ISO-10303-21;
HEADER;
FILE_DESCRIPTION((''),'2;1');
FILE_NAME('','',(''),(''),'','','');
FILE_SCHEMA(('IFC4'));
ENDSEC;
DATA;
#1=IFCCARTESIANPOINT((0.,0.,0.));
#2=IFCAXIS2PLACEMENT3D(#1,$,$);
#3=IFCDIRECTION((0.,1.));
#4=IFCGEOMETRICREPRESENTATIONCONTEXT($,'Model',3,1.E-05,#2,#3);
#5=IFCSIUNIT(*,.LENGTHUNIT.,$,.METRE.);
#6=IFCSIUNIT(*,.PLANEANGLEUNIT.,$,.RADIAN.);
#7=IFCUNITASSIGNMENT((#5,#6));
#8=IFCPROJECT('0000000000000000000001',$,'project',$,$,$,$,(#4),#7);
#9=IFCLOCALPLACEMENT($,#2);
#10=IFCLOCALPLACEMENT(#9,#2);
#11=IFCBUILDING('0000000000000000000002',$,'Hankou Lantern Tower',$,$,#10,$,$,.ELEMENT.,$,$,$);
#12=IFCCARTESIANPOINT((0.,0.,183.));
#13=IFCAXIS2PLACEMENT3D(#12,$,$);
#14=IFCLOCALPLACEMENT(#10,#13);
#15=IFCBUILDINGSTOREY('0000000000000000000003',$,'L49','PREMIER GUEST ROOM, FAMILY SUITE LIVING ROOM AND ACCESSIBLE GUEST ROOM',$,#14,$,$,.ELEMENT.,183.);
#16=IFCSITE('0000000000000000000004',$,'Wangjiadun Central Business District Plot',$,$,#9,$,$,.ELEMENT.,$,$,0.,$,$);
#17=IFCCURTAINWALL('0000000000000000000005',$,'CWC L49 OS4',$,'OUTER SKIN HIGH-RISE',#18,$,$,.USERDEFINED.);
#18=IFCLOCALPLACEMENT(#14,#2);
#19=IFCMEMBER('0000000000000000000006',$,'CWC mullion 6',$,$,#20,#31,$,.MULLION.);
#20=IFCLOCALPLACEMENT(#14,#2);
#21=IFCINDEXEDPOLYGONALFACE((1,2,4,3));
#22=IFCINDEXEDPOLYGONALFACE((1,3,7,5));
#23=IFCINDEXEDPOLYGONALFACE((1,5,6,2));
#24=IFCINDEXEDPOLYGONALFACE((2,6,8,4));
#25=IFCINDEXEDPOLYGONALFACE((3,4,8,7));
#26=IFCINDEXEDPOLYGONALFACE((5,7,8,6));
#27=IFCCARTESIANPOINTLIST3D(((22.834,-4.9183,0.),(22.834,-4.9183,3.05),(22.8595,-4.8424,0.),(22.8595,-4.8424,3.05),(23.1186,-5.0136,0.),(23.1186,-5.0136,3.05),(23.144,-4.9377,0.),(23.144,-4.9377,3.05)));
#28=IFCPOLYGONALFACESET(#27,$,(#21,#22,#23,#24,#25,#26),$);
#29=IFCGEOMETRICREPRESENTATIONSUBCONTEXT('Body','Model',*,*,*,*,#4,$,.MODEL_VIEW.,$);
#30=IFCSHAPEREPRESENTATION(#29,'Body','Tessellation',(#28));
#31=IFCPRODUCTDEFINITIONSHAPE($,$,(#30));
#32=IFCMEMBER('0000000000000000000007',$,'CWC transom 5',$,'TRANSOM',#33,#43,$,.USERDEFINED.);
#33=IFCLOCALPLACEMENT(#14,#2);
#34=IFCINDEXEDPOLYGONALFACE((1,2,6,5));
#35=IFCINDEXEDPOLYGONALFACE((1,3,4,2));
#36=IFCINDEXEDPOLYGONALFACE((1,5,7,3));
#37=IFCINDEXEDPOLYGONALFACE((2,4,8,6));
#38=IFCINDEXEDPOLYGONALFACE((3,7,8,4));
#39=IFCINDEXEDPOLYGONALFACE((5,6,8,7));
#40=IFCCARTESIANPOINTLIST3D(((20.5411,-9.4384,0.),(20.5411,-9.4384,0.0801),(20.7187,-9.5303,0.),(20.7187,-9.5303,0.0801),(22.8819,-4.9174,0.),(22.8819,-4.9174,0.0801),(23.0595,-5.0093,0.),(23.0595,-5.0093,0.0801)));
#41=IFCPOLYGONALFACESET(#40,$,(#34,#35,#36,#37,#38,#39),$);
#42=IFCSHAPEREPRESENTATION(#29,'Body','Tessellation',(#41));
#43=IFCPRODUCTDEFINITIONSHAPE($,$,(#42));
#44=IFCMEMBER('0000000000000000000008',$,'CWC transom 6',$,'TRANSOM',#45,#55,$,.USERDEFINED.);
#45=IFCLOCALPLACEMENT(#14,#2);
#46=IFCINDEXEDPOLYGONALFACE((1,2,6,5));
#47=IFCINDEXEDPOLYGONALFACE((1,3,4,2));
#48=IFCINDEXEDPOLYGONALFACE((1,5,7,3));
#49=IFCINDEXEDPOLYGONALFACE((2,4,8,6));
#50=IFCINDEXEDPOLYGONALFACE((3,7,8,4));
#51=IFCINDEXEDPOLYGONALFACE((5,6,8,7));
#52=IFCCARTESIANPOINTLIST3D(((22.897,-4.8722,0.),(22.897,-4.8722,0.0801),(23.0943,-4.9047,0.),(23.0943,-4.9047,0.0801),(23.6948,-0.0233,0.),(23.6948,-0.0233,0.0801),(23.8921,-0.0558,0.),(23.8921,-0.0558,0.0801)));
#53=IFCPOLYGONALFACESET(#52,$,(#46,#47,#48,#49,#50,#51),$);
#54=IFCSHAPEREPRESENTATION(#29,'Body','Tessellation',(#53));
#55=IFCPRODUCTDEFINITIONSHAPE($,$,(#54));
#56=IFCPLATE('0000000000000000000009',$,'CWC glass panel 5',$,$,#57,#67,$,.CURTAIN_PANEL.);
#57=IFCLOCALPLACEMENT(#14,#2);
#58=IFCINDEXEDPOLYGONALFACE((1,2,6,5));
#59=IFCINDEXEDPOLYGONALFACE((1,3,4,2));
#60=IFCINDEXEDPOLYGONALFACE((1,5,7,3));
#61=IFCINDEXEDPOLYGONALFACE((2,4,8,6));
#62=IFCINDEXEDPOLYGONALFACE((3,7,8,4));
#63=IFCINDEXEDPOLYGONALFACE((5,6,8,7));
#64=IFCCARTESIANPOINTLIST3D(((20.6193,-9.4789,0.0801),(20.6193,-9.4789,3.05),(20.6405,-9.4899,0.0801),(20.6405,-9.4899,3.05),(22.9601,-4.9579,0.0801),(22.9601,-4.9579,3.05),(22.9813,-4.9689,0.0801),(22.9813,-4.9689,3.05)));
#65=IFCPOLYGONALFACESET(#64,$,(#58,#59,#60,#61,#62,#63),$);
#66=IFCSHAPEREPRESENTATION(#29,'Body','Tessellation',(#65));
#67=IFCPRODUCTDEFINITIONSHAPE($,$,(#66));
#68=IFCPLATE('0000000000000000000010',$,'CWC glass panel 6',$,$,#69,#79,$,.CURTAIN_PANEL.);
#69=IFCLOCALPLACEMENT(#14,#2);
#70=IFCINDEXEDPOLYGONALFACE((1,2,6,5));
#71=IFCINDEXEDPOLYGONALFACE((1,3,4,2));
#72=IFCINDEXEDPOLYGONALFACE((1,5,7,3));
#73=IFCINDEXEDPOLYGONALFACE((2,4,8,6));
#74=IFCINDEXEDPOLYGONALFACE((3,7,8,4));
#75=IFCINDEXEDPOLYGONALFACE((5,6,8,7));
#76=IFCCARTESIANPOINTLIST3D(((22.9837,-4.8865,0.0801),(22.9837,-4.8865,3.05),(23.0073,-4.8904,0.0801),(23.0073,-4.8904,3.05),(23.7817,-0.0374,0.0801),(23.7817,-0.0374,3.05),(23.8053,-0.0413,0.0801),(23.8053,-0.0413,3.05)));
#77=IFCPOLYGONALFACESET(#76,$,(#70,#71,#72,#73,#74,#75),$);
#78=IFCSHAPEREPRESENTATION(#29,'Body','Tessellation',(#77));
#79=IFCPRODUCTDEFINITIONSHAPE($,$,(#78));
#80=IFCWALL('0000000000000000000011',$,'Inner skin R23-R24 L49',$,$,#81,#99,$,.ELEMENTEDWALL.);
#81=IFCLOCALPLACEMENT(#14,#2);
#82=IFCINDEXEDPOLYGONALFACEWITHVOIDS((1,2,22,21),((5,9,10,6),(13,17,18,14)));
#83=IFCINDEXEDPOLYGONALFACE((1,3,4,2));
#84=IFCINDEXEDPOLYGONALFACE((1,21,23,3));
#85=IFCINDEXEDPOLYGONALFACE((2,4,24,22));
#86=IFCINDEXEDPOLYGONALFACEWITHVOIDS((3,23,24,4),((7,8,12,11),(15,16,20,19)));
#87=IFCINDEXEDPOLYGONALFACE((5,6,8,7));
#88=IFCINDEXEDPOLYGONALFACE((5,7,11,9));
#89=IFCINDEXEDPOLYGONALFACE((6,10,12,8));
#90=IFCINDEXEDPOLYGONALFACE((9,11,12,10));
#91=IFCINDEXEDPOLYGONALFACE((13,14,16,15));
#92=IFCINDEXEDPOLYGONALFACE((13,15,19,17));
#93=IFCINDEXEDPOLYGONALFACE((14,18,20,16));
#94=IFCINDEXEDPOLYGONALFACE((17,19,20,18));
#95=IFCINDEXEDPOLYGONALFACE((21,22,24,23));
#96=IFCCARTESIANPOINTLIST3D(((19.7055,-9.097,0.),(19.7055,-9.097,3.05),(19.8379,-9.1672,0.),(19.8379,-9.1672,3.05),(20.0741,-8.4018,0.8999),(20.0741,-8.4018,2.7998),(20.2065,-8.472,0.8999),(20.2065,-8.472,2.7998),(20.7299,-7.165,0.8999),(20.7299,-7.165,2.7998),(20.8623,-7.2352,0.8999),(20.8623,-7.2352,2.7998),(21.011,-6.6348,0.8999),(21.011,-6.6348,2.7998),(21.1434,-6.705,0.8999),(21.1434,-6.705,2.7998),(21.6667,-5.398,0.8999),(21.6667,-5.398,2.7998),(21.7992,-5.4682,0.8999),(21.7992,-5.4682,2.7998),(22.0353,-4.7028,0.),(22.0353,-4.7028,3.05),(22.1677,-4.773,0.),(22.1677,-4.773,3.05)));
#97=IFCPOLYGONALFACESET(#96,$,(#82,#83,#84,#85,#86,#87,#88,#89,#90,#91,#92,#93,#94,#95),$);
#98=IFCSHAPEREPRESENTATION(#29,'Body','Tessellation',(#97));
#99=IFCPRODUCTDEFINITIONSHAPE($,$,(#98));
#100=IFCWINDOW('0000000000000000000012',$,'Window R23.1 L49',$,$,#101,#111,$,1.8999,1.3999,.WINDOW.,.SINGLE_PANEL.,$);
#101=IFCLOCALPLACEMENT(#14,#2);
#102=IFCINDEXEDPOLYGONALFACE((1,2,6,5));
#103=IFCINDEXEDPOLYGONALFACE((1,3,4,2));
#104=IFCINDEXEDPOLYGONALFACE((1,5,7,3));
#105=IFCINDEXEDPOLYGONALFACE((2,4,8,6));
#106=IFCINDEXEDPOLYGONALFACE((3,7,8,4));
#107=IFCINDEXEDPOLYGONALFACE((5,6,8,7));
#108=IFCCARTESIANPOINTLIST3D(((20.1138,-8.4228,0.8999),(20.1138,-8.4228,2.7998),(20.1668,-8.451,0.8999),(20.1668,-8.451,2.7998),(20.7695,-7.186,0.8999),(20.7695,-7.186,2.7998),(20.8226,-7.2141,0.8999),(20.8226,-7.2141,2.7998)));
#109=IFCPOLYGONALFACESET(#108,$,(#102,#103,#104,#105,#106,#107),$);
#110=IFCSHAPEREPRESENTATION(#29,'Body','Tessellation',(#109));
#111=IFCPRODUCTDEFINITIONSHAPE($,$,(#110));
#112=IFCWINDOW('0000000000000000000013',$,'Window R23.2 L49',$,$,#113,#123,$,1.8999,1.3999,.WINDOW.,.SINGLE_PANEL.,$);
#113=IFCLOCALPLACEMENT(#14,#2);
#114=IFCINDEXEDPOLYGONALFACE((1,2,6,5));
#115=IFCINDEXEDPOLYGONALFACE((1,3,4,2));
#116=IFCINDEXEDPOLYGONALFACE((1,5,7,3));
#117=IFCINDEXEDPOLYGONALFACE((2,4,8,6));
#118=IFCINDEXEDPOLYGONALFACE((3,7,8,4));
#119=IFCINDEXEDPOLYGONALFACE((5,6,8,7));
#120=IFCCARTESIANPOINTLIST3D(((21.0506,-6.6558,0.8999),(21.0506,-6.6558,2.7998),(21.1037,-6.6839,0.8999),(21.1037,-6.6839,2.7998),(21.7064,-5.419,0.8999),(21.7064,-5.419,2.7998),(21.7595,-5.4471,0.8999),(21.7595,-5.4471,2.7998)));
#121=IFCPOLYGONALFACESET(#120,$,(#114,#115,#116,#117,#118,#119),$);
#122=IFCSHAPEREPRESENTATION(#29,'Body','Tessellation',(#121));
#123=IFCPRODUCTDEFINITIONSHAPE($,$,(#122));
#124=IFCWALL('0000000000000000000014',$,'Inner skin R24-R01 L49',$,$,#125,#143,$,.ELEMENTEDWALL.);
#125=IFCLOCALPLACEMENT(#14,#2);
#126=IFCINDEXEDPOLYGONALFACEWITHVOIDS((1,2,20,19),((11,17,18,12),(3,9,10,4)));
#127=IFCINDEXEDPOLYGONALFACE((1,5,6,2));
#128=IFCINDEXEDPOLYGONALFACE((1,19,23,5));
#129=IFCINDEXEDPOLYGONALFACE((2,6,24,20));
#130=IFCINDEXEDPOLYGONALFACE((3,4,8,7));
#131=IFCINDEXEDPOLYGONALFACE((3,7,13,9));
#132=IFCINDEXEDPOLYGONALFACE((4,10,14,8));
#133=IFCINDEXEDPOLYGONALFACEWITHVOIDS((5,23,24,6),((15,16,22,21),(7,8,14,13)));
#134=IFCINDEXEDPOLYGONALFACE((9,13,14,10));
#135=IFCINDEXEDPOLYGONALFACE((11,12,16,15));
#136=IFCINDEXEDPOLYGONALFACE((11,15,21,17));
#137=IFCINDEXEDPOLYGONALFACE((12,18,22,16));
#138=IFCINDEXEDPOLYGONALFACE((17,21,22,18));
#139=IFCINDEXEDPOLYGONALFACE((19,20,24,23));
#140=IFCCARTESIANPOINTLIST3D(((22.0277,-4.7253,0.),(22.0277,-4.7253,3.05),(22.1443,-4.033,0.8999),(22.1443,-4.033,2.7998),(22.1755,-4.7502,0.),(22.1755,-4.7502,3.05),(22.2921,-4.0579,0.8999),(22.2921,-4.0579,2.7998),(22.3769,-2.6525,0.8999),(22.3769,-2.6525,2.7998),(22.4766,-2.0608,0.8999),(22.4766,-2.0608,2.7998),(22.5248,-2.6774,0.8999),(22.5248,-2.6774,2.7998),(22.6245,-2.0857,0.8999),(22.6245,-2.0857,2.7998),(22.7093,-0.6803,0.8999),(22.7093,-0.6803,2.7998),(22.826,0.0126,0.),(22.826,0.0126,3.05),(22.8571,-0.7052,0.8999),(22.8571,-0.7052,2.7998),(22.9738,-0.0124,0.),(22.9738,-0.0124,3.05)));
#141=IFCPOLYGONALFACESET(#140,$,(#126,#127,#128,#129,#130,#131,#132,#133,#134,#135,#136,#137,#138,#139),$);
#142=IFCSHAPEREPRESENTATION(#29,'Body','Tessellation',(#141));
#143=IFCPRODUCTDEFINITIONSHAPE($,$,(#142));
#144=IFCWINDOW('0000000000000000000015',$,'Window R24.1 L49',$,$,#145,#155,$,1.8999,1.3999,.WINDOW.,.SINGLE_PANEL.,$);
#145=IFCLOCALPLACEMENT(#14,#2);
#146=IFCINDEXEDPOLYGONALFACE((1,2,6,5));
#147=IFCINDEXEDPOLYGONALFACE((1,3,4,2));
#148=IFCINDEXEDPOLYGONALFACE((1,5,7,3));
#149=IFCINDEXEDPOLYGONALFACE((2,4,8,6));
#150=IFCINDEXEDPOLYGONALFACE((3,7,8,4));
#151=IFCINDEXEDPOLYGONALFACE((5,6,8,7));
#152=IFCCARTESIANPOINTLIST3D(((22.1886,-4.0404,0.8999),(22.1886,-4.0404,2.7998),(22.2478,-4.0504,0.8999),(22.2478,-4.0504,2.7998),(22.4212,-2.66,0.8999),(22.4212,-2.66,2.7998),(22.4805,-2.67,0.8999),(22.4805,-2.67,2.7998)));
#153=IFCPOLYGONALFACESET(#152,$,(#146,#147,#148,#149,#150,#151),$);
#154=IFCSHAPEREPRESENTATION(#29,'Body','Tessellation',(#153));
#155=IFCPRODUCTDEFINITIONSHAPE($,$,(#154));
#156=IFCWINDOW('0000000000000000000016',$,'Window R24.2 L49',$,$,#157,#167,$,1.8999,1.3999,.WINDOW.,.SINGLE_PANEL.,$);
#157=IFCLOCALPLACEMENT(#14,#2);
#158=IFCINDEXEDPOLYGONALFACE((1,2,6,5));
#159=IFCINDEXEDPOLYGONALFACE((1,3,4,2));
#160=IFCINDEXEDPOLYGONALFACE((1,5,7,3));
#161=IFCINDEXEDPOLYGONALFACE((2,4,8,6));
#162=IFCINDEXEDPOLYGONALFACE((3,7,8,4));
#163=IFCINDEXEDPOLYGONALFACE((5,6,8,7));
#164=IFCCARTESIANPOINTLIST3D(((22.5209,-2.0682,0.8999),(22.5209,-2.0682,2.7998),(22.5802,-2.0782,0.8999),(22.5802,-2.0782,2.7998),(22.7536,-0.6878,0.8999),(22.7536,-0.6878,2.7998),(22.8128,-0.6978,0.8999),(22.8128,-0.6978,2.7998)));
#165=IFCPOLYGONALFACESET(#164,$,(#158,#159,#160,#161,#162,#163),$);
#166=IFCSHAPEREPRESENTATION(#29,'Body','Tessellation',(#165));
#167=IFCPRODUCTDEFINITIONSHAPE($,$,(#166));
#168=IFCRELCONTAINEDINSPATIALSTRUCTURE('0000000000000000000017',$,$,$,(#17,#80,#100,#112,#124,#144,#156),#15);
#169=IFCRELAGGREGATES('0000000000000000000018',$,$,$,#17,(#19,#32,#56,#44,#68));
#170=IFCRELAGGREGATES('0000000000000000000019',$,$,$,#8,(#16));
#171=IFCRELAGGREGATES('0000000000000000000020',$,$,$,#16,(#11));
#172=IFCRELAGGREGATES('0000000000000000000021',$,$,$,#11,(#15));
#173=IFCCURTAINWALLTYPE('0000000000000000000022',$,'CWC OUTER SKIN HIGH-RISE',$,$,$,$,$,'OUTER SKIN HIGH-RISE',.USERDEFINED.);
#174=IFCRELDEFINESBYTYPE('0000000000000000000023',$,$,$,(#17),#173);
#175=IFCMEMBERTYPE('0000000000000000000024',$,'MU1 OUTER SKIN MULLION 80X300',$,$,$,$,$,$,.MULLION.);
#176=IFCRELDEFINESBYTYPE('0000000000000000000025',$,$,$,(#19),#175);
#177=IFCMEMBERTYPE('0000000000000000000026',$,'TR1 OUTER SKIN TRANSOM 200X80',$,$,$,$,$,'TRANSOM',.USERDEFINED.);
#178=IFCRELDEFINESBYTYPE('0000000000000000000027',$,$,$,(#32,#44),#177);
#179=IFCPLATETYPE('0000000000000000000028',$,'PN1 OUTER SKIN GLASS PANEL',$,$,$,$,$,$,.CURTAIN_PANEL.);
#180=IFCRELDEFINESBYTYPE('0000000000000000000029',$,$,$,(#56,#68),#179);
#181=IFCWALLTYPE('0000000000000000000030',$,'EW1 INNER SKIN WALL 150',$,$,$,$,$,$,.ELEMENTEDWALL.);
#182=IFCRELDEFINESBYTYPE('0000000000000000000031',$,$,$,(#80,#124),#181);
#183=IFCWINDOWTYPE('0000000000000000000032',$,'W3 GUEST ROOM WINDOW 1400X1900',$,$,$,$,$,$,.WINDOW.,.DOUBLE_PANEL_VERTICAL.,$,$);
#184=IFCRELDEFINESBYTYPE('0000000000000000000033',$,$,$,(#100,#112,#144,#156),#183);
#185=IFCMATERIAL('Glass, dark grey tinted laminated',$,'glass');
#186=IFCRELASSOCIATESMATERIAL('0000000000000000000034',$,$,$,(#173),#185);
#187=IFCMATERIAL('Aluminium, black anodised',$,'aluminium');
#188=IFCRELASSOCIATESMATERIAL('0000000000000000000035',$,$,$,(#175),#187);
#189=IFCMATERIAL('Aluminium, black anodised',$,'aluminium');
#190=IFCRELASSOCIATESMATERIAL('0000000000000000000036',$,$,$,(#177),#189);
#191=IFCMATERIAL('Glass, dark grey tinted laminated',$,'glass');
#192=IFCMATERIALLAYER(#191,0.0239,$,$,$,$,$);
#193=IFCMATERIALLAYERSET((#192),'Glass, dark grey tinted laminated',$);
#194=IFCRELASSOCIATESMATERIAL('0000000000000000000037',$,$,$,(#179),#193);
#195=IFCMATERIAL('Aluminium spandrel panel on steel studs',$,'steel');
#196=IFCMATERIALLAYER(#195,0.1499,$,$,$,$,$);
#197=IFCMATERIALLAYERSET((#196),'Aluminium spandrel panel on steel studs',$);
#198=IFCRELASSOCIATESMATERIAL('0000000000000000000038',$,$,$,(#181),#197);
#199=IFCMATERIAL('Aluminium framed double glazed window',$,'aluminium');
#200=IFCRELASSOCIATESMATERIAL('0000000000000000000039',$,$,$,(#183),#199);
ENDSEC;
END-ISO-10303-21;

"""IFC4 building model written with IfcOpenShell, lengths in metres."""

from ifc_helpers import new_model, si_unit, direction, frame, frame_2d, origin, origin_2d, place, context, subcontext, project, spatial, rectangle, extrude, material, layer, layer_set, material_profile, profile_set, type_object, element, fill, aggregate, save


model = new_model("IFC4")

# Units and contexts
model_context = context("Model", 3, precision=1e-05, world=origin(), true_north=direction((0.0, 1.0)))
body_context = subcontext(model_context, "Body", "Model", "MODEL_VIEW")
ifc_project = project(units=[si_unit("LENGTHUNIT", "METRE"), si_unit("PLANEANGLEUNIT", "RADIAN")], contexts=[model_context])

# Site, building, storey
site_placement = place(None, origin())
site = spatial("IfcSite", under=ifc_project, at=site_placement, Name="Wangjiadun Central Business District Plot", CompositionType="ELEMENT", RefElevation=0.0)
building_placement = place(site_placement, origin())
building = spatial("IfcBuilding", under=site, at=building_placement, Name="Hankou Lantern Tower", CompositionType="ELEMENT")
storey_placement = place(building_placement, frame((0.0, 0.0, 183.0)))
storey = spatial("IfcBuildingStorey", under=building, at=storey_placement, Name="L49", Description="PREMIER GUEST ROOM, FAMILY SUITE LIVING ROOM AND ACCESSIBLE GUEST ROOM", CompositionType="ELEMENT", Elevation=183.0)

# Curtain wall, members, plates
ifc_material_1 = material(Name="Glass, dark grey tinted laminated", Category="glass")
curtain_wall_type = type_object("IfcCurtainWallType", Name="CWC OUTER SKIN HIGH-RISE", ElementType="OUTER SKIN HIGH-RISE", PredefinedType="USERDEFINED", material=ifc_material_1)
curtain_wall_placement = place(storey_placement, origin())
curtain_wall = element("IfcCurtainWall", 1, at=curtain_wall_placement, inside=storey, type_object=curtain_wall_type, Name="CWC L49 OS4", ObjectType="OUTER SKIN HIGH-RISE", PredefinedType="USERDEFINED")
ifc_material_2 = material(Name="Aluminium, black anodised", Category="aluminium")
ifc_material_profile_1 = material_profile(ifc_material_2, rectangle(XDim=0.0801, YDim=0.3, at=origin_2d()), Name="MU1 80X300")
ifc_profile_set_1 = profile_set([ifc_material_profile_1], Name="Aluminium, black anodised")
member_type_1 = type_object("IfcMemberType", Name="MU1 OUTER SKIN MULLION 80X300", PredefinedType="MULLION", material=ifc_profile_set_1)
member_1_placement = place(storey_placement, frame((22.989, -4.928, 0.0), z_axis=(0.0, 0.0, 1.0), x_axis=(0.317596, 0.948226, 0.0)))
member_1 = element("IfcMember", 2, at=member_1_placement, type_object=member_type_1, Name="CWC mullion 6", PredefinedType="MULLION", context=body_context, shape_type="SweptSolid", body=[
    extrude(rectangle(XDim=0.0801, YDim=0.3, at=origin_2d()), origin(), (0.0, 0.0, 1.0), 3.05),
])
ifc_material_3 = material(Name="Aluminium, black anodised", Category="aluminium")
ifc_material_profile_2 = material_profile(ifc_material_3, rectangle(XDim=0.2, YDim=0.0801, at=origin_2d()), Name="TR1 200X80")
ifc_profile_set_2 = profile_set([ifc_material_profile_2], Name="Aluminium, black anodised")
member_type_2 = type_object("IfcMemberType", Name="TR1 OUTER SKIN TRANSOM 200X80", ElementType="TRANSOM", PredefinedType="USERDEFINED", material=ifc_profile_set_2)
member_2_placement = place(storey_placement, frame((20.6299, -9.4844, 0.04), z_axis=(0.459791, 0.888027, 0.0), x_axis=(-0.888027, 0.459791, 0.0)))
member_2 = element("IfcMember", 3, at=member_2_placement, type_object=member_type_2, Name="CWC transom 5", ObjectType="TRANSOM", PredefinedType="USERDEFINED", context=body_context, shape_type="SweptSolid", body=[
    extrude(rectangle(XDim=0.2, YDim=0.0801, at=origin_2d()), origin(), (0.0, 0.0, 1.0), 5.0911),
])
member_3_placement = place(storey_placement, frame((22.9956, -4.8884, 0.04), z_axis=(0.16236, 0.986732, 0.0), x_axis=(-0.986732, 0.16236, 0.0)))
member_3 = element("IfcMember", 4, at=member_3_placement, type_object=member_type_2, Name="CWC transom 6", ObjectType="TRANSOM", PredefinedType="USERDEFINED", context=body_context, shape_type="SweptSolid", body=[
    extrude(rectangle(XDim=0.2, YDim=0.0801, at=origin_2d()), origin(), (0.0, 0.0, 1.0), 4.9141),
])
ifc_material_4 = material(Name="Glass, dark grey tinted laminated", Category="glass")
ifc_layer_1 = layer(ifc_material_4, 0.0239)
ifc_layer_set_1 = layer_set([ifc_layer_1], Name="Glass, dark grey tinted laminated")
plate_type = type_object("IfcPlateType", Name="PN1 OUTER SKIN GLASS PANEL", PredefinedType="CURTAIN_PANEL", material=ifc_layer_set_1)
plate_1_placement = place(storey_placement, frame((21.8003, -7.2239, 0.0801), z_axis=(0.0, 0.0, 1.0), x_axis=(0.459791, 0.888027, 0.0)))
plate_1 = element("IfcPlate", 5, at=plate_1_placement, type_object=plate_type, Name="CWC glass panel 5", PredefinedType="CURTAIN_PANEL", context=body_context, shape_type="SweptSolid", body=[
    extrude(rectangle(XDim=5.0911, YDim=0.0239, at=origin_2d()), origin(), (0.0, 0.0, 1.0), 2.97),
])
plate_2_placement = place(storey_placement, frame((23.3945, -2.4639, 0.0801), z_axis=(0.0, 0.0, 1.0), x_axis=(0.162382, 0.986728, 0.0)))
plate_2 = element("IfcPlate", 6, at=plate_2_placement, type_object=plate_type, Name="CWC glass panel 6", PredefinedType="CURTAIN_PANEL", context=body_context, shape_type="SweptSolid", body=[
    extrude(rectangle(XDim=4.9143, YDim=0.0239, at=origin_2d()), origin(), (0.0, 0.0, 1.0), 2.97),
])
aggregate(curtain_wall, [member_1, member_2, plate_1, member_3, plate_2])

# Walls, openings, windows
ifc_material_5 = material(Name="Aluminium spandrel panel on steel studs", Category="steel")
ifc_layer_2 = layer(ifc_material_5, 0.1499)
ifc_layer_set_2 = layer_set([ifc_layer_2], Name="Aluminium spandrel panel on steel studs")
wall_type_1 = type_object("IfcWallType", Name="EW1 INNER SKIN WALL 150", PredefinedType="ELEMENTEDWALL", material=ifc_layer_set_2)
wall_1_placement = place(storey_placement, frame((19.7717, -9.1321, 0.0), z_axis=(0.0, 0.0, 1.0), x_axis=(0.468429, 0.883501, 0.0)))
wall_1 = element("IfcWall", 7, at=wall_1_placement, inside=storey, type_object=wall_type_1, Name="Inner skin R23-R24 L49", PredefinedType="ELEMENTEDWALL", context=body_context, shape_type="SweptSolid", body=[
    extrude(rectangle(XDim=4.9736, YDim=0.1499, at=frame_2d((2.4868, 0.0))), origin(), (0.0, 0.0, 1.0), 3.05),
])
opening_1_placement = place(wall_1_placement, frame((0.7869, 0.0, 0.8999)))
opening_1 = element("IfcOpeningElement", 8, at=opening_1_placement, cuts=wall_1, PredefinedType="OPENING", context=body_context, shape_type="SweptSolid", body=[
    extrude(rectangle(XDim=1.3999, YDim=1.8999, at=frame_2d((0.7, 0.95))), frame((0.0, 0.085, 0.0), z_axis=(0.0, -1.0, 0.0), x_axis=(1.0, 0.0, 0.0)), (0.0, 0.0, 1.0), 0.1699),
])
opening_2_placement = place(wall_1_placement, frame((2.7869, 0.0, 0.8999)))
opening_2 = element("IfcOpeningElement", 9, at=opening_2_placement, cuts=wall_1, PredefinedType="OPENING", context=body_context, shape_type="SweptSolid", body=[
    extrude(rectangle(XDim=1.3999, YDim=1.8999, at=frame_2d((0.7, 0.95))), frame((0.0, 0.085, 0.0), z_axis=(0.0, -1.0, 0.0), x_axis=(1.0, 0.0, 0.0)), (0.0, 0.0, 1.0), 0.1699),
])
ifc_material_6 = material(Name="Aluminium framed double glazed window", Category="aluminium")
window_type = type_object("IfcWindowType", Name="W3 GUEST ROOM WINDOW 1400X1900", PartitioningType="DOUBLE_PANEL_VERTICAL", PredefinedType="WINDOW", material=ifc_material_6)
window_1_placement = place(opening_1_placement, origin())
window_1 = element("IfcWindow", 10, at=window_1_placement, inside=storey, type_object=window_type, Name="Window R23.1 L49", OverallHeight=1.8999, OverallWidth=1.3999, PartitioningType="SINGLE_PANEL", PredefinedType="WINDOW", context=body_context, shape_type="SweptSolid", body=[
    extrude(rectangle(XDim=1.3999, YDim=1.8999, at=frame_2d((0.7, 0.95))), frame((0.0, 0.03, 0.0), z_axis=(0.0, -1.0, 0.0), x_axis=(1.0, 0.0, 0.0)), (0.0, 0.0, 1.0), 0.0601),
])
fill(opening_1, window_1)
window_2_placement = place(opening_2_placement, origin())
window_2 = element("IfcWindow", 11, at=window_2_placement, inside=storey, type_object=window_type, Name="Window R23.2 L49", OverallHeight=1.8999, OverallWidth=1.3999, PartitioningType="SINGLE_PANEL", PredefinedType="WINDOW", context=body_context, shape_type="SweptSolid", body=[
    extrude(rectangle(XDim=1.3999, YDim=1.8999, at=frame_2d((0.7, 0.95))), frame((0.0, 0.03, 0.0), z_axis=(0.0, -1.0, 0.0), x_axis=(1.0, 0.0, 0.0)), (0.0, 0.0, 1.0), 0.0601),
])
fill(opening_2, window_2)
wall_2_placement = place(storey_placement, frame((22.1016, -4.7378, 0.0), z_axis=(0.0, 0.0, 1.0), x_axis=(0.166162, 0.986098, 0.0)))
wall_2 = element("IfcWall", 12, at=wall_2_placement, inside=storey, type_object=wall_type_1, Name="Inner skin R24-R01 L49", PredefinedType="ELEMENTEDWALL", context=body_context, shape_type="SweptSolid", body=[
    extrude(rectangle(XDim=4.8047, YDim=0.1499, at=frame_2d((2.4023, 0.0))), origin(), (0.0, 0.0, 1.0), 3.05),
])
opening_3_placement = place(wall_2_placement, frame((0.7021, 0.0, 0.8999)))
opening_3 = element("IfcOpeningElement", 13, at=opening_3_placement, cuts=wall_2, PredefinedType="OPENING", context=body_context, shape_type="SweptSolid", body=[
    extrude(rectangle(XDim=1.3999, YDim=1.8999, at=frame_2d((0.7, 0.95))), frame((0.0, 0.085, 0.0), z_axis=(0.0, -1.0, 0.0), x_axis=(1.0, 0.0, 0.0)), (0.0, 0.0, 1.0), 0.1699),
])
opening_4_placement = place(wall_2_placement, frame((2.7021, 0.0, 0.8999)))
opening_4 = element("IfcOpeningElement", 14, at=opening_4_placement, cuts=wall_2, PredefinedType="OPENING", context=body_context, shape_type="SweptSolid", body=[
    extrude(rectangle(XDim=1.3999, YDim=1.8999, at=frame_2d((0.7, 0.95))), frame((0.0, 0.085, 0.0), z_axis=(0.0, -1.0, 0.0), x_axis=(1.0, 0.0, 0.0)), (0.0, 0.0, 1.0), 0.1699),
])
window_3_placement = place(opening_3_placement, origin())
window_3 = element("IfcWindow", 15, at=window_3_placement, inside=storey, type_object=window_type, Name="Window R24.1 L49", OverallHeight=1.8999, OverallWidth=1.3999, PartitioningType="SINGLE_PANEL", PredefinedType="WINDOW", context=body_context, shape_type="SweptSolid", body=[
    extrude(rectangle(XDim=1.3999, YDim=1.8999, at=frame_2d((0.7, 0.95))), frame((0.0, 0.03, 0.0), z_axis=(0.0, -1.0, 0.0), x_axis=(1.0, 0.0, 0.0)), (0.0, 0.0, 1.0), 0.0601),
])
fill(opening_3, window_3)
window_4_placement = place(opening_4_placement, origin())
window_4 = element("IfcWindow", 16, at=window_4_placement, inside=storey, type_object=window_type, Name="Window R24.2 L49", OverallHeight=1.8999, OverallWidth=1.3999, PartitioningType="SINGLE_PANEL", PredefinedType="WINDOW", context=body_context, shape_type="SweptSolid", body=[
    extrude(rectangle(XDim=1.3999, YDim=1.8999, at=frame_2d((0.7, 0.95))), frame((0.0, 0.03, 0.0), z_axis=(0.0, -1.0, 0.0), x_axis=(1.0, 0.0, 0.0)), (0.0, 0.0, 1.0), 0.0601),
])
fill(opening_4, window_4)

save(model, "model.ifc")
